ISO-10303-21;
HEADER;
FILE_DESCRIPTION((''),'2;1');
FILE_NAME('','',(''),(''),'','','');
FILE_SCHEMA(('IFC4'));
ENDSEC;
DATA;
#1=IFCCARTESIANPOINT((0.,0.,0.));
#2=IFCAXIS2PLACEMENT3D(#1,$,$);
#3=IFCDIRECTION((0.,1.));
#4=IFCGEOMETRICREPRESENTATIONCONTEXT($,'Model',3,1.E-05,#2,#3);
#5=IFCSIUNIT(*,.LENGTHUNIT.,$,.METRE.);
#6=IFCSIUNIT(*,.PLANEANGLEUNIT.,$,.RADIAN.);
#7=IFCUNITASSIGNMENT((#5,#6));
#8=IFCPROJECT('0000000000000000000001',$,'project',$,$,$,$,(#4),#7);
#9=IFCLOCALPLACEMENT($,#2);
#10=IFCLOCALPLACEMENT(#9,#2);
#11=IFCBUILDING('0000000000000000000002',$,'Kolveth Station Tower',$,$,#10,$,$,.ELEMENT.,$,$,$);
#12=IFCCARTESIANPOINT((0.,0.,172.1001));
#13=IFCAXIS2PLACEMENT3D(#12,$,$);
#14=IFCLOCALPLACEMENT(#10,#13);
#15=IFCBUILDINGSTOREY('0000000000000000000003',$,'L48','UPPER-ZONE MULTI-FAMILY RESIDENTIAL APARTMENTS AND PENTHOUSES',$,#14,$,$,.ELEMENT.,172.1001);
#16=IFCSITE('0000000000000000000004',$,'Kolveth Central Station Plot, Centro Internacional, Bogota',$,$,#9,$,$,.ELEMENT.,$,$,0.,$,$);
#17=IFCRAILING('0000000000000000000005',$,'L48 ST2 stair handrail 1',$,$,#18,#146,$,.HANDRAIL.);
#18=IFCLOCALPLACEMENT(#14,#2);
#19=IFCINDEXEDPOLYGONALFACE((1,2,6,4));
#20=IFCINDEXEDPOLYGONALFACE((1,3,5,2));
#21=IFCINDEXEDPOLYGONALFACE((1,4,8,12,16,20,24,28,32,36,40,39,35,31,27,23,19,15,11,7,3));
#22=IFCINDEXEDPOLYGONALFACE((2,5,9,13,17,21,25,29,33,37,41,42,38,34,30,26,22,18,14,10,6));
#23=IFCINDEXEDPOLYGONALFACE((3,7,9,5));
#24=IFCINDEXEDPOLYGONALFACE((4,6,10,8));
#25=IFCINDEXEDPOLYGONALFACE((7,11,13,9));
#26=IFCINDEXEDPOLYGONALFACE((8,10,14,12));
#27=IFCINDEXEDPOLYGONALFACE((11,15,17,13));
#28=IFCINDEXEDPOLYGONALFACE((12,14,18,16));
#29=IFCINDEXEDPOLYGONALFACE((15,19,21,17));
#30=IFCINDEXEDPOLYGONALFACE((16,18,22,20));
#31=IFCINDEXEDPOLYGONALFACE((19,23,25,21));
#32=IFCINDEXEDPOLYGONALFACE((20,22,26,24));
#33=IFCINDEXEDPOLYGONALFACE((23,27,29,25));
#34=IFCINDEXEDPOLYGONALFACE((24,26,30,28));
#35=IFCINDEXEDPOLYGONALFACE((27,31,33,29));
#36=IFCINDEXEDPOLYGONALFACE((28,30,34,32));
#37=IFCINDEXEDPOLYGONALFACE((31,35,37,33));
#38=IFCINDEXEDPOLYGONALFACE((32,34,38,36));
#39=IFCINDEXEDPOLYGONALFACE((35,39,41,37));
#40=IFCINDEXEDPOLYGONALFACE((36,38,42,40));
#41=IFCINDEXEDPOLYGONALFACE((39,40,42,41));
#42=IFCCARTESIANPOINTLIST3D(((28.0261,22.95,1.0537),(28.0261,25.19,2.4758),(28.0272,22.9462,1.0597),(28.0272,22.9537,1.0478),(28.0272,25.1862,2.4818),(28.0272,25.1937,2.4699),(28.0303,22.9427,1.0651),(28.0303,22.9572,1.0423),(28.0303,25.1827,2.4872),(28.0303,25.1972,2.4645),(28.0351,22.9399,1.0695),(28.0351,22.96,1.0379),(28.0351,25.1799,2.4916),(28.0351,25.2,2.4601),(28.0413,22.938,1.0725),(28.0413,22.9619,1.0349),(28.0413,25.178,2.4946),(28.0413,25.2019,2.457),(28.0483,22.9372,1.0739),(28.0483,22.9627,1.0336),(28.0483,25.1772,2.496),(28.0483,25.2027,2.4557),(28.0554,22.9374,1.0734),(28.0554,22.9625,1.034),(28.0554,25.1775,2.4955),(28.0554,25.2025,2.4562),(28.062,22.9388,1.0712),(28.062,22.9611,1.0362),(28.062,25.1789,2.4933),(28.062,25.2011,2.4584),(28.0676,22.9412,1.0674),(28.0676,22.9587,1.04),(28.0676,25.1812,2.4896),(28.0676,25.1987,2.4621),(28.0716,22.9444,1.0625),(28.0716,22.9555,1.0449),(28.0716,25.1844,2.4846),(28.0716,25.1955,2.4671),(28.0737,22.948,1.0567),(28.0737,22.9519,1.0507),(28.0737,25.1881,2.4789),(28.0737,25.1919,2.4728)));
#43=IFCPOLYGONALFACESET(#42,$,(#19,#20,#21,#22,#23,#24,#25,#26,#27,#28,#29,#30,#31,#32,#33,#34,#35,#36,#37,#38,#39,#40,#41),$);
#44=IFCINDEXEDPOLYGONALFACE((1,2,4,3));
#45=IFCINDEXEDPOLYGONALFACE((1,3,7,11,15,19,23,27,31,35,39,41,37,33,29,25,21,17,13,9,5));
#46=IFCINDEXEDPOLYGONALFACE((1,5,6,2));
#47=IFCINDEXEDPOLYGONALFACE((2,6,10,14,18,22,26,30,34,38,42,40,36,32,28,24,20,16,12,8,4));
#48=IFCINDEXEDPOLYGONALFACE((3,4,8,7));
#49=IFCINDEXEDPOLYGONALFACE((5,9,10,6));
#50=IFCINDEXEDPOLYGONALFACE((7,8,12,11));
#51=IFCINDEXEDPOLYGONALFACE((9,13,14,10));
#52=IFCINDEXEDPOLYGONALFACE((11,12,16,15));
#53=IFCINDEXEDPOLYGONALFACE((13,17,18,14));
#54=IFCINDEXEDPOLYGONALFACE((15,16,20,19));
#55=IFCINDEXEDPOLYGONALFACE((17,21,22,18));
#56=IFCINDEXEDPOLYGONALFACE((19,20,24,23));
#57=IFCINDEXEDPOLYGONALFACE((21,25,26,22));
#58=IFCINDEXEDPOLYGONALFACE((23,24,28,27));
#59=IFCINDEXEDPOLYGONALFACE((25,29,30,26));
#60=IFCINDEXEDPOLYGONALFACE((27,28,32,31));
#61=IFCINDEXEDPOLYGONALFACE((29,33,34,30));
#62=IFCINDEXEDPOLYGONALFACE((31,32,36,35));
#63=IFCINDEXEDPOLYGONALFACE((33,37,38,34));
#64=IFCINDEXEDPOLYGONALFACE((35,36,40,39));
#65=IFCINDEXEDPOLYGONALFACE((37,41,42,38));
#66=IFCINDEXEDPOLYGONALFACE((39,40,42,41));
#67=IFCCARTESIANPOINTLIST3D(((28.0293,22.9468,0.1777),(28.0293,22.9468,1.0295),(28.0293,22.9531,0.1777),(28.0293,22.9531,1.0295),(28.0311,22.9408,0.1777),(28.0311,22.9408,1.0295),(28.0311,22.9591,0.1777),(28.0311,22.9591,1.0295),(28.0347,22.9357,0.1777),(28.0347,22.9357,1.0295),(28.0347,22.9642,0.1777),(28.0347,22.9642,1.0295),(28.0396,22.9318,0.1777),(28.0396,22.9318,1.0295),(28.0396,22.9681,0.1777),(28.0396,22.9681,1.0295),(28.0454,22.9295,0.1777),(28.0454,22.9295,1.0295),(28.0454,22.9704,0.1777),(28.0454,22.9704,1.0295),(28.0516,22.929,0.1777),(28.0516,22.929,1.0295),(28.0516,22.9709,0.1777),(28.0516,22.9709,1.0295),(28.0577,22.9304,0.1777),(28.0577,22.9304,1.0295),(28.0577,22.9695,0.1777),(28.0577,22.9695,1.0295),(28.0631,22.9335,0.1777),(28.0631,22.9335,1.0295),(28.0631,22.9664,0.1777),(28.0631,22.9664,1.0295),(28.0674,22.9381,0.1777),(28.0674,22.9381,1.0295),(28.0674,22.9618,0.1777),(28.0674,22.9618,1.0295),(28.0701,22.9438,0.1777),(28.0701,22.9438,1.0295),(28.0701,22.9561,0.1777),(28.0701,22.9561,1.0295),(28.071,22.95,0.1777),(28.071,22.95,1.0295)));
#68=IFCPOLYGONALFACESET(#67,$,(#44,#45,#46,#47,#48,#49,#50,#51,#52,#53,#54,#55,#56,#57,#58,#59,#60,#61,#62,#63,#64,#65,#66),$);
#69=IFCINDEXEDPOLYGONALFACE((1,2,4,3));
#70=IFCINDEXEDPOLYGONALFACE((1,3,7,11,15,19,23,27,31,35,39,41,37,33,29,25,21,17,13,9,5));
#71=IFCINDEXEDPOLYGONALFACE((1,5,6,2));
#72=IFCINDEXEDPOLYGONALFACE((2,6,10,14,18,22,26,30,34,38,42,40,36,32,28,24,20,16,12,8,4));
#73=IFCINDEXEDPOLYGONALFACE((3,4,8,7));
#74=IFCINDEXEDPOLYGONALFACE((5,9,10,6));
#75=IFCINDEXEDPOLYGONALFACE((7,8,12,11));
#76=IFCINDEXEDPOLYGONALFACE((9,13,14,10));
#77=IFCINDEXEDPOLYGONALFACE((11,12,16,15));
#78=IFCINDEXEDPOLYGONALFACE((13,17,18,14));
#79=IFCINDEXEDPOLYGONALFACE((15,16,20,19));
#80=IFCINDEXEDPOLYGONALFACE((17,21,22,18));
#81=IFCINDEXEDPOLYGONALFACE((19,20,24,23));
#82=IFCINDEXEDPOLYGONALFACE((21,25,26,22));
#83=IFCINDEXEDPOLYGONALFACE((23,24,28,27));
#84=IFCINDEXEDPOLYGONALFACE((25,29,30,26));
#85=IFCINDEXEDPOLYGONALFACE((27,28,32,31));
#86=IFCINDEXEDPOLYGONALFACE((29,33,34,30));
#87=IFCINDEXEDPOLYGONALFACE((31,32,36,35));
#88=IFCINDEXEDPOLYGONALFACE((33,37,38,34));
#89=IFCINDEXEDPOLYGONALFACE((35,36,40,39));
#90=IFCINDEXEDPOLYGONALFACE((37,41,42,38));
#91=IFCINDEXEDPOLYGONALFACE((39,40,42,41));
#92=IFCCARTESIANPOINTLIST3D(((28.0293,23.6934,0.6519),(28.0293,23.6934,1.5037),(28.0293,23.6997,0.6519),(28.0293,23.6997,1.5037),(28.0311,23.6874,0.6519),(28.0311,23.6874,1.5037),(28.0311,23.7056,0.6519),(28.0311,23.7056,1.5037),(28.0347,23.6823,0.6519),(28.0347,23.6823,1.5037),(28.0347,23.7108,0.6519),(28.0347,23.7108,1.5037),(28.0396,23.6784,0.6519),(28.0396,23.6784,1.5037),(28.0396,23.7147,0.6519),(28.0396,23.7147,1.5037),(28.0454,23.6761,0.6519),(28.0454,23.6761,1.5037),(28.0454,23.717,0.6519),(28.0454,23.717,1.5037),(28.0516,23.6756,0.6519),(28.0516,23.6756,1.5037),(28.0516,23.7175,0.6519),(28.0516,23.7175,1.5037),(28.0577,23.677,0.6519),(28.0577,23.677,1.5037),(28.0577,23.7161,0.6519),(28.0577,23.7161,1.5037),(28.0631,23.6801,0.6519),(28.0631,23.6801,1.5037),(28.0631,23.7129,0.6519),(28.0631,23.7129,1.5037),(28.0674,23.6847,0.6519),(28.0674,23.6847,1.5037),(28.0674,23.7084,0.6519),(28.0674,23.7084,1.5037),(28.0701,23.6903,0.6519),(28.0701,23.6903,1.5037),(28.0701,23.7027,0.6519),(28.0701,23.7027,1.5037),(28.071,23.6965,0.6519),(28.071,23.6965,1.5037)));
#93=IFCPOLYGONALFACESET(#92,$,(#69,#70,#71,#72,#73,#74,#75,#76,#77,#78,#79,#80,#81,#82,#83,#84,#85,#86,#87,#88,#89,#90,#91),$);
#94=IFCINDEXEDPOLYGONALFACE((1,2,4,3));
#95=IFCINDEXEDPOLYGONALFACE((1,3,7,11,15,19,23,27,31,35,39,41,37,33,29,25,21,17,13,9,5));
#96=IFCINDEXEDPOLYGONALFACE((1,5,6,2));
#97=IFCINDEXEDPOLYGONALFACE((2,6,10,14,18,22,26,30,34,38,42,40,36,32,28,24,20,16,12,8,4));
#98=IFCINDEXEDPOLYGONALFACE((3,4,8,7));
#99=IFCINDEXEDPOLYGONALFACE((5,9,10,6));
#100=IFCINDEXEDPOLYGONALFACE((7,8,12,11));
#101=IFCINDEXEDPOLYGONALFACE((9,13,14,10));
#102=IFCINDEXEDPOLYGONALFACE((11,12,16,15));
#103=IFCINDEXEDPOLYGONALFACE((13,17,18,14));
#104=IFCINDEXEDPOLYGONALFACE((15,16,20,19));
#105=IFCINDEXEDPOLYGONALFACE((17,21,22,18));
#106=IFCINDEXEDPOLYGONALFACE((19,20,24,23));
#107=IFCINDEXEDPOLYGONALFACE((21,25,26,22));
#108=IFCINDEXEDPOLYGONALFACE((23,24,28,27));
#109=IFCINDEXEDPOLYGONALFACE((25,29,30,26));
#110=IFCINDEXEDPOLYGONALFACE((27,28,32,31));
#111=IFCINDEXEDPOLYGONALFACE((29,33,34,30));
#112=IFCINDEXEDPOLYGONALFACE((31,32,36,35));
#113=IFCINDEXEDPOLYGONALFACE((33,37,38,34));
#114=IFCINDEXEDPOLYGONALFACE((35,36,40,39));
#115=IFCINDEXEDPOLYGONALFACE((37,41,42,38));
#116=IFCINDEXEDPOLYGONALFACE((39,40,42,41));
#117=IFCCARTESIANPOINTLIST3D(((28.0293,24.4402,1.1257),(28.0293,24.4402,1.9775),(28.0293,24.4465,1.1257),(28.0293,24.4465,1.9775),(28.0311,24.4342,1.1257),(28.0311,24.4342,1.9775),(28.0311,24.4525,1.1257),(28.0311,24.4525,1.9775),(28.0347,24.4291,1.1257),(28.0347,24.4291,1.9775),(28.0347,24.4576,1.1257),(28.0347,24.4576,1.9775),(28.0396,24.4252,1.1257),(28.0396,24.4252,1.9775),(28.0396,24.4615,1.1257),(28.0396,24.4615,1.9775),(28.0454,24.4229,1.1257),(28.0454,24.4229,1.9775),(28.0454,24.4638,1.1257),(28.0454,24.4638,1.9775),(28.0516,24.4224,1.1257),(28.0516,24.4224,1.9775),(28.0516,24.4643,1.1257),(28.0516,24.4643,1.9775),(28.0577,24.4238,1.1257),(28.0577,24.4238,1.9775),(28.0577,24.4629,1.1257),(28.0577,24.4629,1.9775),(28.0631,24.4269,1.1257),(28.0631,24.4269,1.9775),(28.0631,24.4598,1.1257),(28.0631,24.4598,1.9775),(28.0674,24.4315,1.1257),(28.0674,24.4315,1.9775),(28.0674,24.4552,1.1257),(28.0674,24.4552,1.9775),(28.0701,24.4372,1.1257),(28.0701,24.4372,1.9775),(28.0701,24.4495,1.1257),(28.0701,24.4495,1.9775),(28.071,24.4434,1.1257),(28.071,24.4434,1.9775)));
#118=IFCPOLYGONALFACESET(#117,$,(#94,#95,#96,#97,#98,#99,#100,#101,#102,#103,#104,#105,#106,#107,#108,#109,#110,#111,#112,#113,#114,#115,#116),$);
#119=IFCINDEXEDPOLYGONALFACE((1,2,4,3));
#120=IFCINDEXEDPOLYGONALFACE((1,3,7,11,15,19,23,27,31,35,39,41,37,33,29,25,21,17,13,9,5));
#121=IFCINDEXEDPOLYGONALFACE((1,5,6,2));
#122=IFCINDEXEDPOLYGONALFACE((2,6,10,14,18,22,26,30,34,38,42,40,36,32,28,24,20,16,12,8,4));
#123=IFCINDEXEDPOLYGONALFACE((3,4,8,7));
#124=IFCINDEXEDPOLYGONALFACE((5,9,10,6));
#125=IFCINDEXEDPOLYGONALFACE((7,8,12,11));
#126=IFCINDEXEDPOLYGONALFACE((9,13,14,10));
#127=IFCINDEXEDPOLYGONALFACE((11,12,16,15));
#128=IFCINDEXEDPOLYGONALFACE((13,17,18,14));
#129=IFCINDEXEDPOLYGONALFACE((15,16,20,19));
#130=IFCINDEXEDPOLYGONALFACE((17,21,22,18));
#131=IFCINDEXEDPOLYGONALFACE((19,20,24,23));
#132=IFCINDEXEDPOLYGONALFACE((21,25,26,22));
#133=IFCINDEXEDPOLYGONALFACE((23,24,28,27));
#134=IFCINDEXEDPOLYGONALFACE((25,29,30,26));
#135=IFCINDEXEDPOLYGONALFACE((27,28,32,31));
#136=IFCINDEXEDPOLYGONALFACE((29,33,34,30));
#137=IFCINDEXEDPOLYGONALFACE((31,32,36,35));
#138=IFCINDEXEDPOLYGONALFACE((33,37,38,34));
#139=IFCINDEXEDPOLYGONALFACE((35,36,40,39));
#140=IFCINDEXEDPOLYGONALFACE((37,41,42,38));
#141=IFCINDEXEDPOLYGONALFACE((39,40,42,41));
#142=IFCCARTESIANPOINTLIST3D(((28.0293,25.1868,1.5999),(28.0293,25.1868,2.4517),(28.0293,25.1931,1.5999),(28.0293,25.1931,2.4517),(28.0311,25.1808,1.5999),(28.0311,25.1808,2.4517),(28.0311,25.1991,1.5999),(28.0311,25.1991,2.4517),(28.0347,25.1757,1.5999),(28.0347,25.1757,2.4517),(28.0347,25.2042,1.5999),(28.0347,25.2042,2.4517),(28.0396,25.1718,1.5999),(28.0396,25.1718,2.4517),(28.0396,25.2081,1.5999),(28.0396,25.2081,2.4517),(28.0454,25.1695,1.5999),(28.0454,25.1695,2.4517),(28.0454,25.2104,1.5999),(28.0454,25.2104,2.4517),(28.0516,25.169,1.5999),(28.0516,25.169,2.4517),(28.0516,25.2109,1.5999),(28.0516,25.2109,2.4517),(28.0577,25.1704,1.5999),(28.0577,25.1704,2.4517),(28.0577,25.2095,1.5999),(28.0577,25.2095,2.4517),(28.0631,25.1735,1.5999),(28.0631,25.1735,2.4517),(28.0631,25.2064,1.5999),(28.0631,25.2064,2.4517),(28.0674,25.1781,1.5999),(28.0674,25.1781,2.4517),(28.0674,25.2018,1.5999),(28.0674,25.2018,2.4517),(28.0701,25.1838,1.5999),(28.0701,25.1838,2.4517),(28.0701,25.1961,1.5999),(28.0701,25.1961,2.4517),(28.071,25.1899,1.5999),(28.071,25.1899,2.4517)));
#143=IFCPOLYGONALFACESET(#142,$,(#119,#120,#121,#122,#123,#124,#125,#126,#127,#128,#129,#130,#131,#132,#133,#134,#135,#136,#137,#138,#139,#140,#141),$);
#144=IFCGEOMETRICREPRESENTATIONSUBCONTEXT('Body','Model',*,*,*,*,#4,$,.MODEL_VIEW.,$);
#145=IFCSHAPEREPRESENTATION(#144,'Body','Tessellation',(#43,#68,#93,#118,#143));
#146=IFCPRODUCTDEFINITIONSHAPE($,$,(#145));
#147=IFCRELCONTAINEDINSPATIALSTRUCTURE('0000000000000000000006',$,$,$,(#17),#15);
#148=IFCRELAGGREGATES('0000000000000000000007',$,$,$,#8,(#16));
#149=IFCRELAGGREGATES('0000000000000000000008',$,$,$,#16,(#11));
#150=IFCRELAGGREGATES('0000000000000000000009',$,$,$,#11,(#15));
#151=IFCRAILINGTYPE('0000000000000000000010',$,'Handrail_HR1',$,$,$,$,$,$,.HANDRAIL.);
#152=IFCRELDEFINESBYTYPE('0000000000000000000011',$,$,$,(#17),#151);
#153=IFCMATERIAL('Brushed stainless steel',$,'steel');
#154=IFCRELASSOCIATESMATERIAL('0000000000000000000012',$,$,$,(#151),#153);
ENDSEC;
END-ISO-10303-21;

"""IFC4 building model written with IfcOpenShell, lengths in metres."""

from ifc_helpers import new_model, si_unit, direction, frame, origin, origin_2d, place, context, subcontext, project, spatial, circle, extrude, material, type_object, element, save


model = new_model("IFC4")

# Units and contexts
model_context = context("Model", 3, precision=1e-05, world=origin(), true_north=direction((0.0, 1.0)))
body_context = subcontext(model_context, "Body", "Model", "MODEL_VIEW")
ifc_project = project(units=[si_unit("LENGTHUNIT", "METRE"), si_unit("PLANEANGLEUNIT", "RADIAN")], contexts=[model_context])

# Site, building, storey
site_placement = place(None, origin())
site = spatial("IfcSite", under=ifc_project, at=site_placement, Name="Kolveth Central Station Plot, Centro Internacional, Bogota", CompositionType="ELEMENT", RefElevation=0.0)
building_placement = place(site_placement, origin())
building = spatial("IfcBuilding", under=site, at=building_placement, Name="Kolveth Station Tower", CompositionType="ELEMENT")
storey_placement = place(building_placement, frame((0.0, 0.0, 172.1001)))
storey = spatial("IfcBuildingStorey", under=building, at=storey_placement, Name="L48", Description="UPPER-ZONE MULTI-FAMILY RESIDENTIAL APARTMENTS AND PENTHOUSES", CompositionType="ELEMENT", Elevation=172.1001)

# Railing
ifc_material_1 = material(Name="Brushed stainless steel", Category="steel")
railing_type_1 = type_object("IfcRailingType", Name="Handrail_HR1", PredefinedType="HANDRAIL", material=ifc_material_1)
railing_1_placement = place(storey_placement, frame((28.05, 22.95, 0.1777)))
element("IfcRailing", 1, at=railing_1_placement, inside=storey, type_object=railing_type_1, Name="L48 ST2 stair handrail 1", PredefinedType="HANDRAIL", context=body_context, shape_type="SweptSolid", body=[
    extrude(circle(Radius=0.0239, at=origin_2d()), frame((0.0, 0.0, 0.876), z_axis=(0.0, 0.844229, 0.535982), x_axis=(-1.0, 0.0, 0.0)), (0.0, 0.0, 1.0), 2.6533),
    extrude(circle(Radius=0.021, at=origin_2d()), origin(), (0.0, 0.0, 1.0), 0.8518),
    extrude(circle(Radius=0.021, at=origin_2d()), frame((0.0, 0.7466, 0.4741)), (0.0, 0.0, 1.0), 0.8518),
    extrude(circle(Radius=0.021, at=origin_2d()), frame((0.0, 1.4934, 0.948)), (0.0, 0.0, 1.0), 0.8518),
    extrude(circle(Radius=0.021, at=origin_2d()), frame((0.0, 2.24, 1.4221)), (0.0, 0.0, 1.0), 0.8518),
])

save(model, "model.ifc")
